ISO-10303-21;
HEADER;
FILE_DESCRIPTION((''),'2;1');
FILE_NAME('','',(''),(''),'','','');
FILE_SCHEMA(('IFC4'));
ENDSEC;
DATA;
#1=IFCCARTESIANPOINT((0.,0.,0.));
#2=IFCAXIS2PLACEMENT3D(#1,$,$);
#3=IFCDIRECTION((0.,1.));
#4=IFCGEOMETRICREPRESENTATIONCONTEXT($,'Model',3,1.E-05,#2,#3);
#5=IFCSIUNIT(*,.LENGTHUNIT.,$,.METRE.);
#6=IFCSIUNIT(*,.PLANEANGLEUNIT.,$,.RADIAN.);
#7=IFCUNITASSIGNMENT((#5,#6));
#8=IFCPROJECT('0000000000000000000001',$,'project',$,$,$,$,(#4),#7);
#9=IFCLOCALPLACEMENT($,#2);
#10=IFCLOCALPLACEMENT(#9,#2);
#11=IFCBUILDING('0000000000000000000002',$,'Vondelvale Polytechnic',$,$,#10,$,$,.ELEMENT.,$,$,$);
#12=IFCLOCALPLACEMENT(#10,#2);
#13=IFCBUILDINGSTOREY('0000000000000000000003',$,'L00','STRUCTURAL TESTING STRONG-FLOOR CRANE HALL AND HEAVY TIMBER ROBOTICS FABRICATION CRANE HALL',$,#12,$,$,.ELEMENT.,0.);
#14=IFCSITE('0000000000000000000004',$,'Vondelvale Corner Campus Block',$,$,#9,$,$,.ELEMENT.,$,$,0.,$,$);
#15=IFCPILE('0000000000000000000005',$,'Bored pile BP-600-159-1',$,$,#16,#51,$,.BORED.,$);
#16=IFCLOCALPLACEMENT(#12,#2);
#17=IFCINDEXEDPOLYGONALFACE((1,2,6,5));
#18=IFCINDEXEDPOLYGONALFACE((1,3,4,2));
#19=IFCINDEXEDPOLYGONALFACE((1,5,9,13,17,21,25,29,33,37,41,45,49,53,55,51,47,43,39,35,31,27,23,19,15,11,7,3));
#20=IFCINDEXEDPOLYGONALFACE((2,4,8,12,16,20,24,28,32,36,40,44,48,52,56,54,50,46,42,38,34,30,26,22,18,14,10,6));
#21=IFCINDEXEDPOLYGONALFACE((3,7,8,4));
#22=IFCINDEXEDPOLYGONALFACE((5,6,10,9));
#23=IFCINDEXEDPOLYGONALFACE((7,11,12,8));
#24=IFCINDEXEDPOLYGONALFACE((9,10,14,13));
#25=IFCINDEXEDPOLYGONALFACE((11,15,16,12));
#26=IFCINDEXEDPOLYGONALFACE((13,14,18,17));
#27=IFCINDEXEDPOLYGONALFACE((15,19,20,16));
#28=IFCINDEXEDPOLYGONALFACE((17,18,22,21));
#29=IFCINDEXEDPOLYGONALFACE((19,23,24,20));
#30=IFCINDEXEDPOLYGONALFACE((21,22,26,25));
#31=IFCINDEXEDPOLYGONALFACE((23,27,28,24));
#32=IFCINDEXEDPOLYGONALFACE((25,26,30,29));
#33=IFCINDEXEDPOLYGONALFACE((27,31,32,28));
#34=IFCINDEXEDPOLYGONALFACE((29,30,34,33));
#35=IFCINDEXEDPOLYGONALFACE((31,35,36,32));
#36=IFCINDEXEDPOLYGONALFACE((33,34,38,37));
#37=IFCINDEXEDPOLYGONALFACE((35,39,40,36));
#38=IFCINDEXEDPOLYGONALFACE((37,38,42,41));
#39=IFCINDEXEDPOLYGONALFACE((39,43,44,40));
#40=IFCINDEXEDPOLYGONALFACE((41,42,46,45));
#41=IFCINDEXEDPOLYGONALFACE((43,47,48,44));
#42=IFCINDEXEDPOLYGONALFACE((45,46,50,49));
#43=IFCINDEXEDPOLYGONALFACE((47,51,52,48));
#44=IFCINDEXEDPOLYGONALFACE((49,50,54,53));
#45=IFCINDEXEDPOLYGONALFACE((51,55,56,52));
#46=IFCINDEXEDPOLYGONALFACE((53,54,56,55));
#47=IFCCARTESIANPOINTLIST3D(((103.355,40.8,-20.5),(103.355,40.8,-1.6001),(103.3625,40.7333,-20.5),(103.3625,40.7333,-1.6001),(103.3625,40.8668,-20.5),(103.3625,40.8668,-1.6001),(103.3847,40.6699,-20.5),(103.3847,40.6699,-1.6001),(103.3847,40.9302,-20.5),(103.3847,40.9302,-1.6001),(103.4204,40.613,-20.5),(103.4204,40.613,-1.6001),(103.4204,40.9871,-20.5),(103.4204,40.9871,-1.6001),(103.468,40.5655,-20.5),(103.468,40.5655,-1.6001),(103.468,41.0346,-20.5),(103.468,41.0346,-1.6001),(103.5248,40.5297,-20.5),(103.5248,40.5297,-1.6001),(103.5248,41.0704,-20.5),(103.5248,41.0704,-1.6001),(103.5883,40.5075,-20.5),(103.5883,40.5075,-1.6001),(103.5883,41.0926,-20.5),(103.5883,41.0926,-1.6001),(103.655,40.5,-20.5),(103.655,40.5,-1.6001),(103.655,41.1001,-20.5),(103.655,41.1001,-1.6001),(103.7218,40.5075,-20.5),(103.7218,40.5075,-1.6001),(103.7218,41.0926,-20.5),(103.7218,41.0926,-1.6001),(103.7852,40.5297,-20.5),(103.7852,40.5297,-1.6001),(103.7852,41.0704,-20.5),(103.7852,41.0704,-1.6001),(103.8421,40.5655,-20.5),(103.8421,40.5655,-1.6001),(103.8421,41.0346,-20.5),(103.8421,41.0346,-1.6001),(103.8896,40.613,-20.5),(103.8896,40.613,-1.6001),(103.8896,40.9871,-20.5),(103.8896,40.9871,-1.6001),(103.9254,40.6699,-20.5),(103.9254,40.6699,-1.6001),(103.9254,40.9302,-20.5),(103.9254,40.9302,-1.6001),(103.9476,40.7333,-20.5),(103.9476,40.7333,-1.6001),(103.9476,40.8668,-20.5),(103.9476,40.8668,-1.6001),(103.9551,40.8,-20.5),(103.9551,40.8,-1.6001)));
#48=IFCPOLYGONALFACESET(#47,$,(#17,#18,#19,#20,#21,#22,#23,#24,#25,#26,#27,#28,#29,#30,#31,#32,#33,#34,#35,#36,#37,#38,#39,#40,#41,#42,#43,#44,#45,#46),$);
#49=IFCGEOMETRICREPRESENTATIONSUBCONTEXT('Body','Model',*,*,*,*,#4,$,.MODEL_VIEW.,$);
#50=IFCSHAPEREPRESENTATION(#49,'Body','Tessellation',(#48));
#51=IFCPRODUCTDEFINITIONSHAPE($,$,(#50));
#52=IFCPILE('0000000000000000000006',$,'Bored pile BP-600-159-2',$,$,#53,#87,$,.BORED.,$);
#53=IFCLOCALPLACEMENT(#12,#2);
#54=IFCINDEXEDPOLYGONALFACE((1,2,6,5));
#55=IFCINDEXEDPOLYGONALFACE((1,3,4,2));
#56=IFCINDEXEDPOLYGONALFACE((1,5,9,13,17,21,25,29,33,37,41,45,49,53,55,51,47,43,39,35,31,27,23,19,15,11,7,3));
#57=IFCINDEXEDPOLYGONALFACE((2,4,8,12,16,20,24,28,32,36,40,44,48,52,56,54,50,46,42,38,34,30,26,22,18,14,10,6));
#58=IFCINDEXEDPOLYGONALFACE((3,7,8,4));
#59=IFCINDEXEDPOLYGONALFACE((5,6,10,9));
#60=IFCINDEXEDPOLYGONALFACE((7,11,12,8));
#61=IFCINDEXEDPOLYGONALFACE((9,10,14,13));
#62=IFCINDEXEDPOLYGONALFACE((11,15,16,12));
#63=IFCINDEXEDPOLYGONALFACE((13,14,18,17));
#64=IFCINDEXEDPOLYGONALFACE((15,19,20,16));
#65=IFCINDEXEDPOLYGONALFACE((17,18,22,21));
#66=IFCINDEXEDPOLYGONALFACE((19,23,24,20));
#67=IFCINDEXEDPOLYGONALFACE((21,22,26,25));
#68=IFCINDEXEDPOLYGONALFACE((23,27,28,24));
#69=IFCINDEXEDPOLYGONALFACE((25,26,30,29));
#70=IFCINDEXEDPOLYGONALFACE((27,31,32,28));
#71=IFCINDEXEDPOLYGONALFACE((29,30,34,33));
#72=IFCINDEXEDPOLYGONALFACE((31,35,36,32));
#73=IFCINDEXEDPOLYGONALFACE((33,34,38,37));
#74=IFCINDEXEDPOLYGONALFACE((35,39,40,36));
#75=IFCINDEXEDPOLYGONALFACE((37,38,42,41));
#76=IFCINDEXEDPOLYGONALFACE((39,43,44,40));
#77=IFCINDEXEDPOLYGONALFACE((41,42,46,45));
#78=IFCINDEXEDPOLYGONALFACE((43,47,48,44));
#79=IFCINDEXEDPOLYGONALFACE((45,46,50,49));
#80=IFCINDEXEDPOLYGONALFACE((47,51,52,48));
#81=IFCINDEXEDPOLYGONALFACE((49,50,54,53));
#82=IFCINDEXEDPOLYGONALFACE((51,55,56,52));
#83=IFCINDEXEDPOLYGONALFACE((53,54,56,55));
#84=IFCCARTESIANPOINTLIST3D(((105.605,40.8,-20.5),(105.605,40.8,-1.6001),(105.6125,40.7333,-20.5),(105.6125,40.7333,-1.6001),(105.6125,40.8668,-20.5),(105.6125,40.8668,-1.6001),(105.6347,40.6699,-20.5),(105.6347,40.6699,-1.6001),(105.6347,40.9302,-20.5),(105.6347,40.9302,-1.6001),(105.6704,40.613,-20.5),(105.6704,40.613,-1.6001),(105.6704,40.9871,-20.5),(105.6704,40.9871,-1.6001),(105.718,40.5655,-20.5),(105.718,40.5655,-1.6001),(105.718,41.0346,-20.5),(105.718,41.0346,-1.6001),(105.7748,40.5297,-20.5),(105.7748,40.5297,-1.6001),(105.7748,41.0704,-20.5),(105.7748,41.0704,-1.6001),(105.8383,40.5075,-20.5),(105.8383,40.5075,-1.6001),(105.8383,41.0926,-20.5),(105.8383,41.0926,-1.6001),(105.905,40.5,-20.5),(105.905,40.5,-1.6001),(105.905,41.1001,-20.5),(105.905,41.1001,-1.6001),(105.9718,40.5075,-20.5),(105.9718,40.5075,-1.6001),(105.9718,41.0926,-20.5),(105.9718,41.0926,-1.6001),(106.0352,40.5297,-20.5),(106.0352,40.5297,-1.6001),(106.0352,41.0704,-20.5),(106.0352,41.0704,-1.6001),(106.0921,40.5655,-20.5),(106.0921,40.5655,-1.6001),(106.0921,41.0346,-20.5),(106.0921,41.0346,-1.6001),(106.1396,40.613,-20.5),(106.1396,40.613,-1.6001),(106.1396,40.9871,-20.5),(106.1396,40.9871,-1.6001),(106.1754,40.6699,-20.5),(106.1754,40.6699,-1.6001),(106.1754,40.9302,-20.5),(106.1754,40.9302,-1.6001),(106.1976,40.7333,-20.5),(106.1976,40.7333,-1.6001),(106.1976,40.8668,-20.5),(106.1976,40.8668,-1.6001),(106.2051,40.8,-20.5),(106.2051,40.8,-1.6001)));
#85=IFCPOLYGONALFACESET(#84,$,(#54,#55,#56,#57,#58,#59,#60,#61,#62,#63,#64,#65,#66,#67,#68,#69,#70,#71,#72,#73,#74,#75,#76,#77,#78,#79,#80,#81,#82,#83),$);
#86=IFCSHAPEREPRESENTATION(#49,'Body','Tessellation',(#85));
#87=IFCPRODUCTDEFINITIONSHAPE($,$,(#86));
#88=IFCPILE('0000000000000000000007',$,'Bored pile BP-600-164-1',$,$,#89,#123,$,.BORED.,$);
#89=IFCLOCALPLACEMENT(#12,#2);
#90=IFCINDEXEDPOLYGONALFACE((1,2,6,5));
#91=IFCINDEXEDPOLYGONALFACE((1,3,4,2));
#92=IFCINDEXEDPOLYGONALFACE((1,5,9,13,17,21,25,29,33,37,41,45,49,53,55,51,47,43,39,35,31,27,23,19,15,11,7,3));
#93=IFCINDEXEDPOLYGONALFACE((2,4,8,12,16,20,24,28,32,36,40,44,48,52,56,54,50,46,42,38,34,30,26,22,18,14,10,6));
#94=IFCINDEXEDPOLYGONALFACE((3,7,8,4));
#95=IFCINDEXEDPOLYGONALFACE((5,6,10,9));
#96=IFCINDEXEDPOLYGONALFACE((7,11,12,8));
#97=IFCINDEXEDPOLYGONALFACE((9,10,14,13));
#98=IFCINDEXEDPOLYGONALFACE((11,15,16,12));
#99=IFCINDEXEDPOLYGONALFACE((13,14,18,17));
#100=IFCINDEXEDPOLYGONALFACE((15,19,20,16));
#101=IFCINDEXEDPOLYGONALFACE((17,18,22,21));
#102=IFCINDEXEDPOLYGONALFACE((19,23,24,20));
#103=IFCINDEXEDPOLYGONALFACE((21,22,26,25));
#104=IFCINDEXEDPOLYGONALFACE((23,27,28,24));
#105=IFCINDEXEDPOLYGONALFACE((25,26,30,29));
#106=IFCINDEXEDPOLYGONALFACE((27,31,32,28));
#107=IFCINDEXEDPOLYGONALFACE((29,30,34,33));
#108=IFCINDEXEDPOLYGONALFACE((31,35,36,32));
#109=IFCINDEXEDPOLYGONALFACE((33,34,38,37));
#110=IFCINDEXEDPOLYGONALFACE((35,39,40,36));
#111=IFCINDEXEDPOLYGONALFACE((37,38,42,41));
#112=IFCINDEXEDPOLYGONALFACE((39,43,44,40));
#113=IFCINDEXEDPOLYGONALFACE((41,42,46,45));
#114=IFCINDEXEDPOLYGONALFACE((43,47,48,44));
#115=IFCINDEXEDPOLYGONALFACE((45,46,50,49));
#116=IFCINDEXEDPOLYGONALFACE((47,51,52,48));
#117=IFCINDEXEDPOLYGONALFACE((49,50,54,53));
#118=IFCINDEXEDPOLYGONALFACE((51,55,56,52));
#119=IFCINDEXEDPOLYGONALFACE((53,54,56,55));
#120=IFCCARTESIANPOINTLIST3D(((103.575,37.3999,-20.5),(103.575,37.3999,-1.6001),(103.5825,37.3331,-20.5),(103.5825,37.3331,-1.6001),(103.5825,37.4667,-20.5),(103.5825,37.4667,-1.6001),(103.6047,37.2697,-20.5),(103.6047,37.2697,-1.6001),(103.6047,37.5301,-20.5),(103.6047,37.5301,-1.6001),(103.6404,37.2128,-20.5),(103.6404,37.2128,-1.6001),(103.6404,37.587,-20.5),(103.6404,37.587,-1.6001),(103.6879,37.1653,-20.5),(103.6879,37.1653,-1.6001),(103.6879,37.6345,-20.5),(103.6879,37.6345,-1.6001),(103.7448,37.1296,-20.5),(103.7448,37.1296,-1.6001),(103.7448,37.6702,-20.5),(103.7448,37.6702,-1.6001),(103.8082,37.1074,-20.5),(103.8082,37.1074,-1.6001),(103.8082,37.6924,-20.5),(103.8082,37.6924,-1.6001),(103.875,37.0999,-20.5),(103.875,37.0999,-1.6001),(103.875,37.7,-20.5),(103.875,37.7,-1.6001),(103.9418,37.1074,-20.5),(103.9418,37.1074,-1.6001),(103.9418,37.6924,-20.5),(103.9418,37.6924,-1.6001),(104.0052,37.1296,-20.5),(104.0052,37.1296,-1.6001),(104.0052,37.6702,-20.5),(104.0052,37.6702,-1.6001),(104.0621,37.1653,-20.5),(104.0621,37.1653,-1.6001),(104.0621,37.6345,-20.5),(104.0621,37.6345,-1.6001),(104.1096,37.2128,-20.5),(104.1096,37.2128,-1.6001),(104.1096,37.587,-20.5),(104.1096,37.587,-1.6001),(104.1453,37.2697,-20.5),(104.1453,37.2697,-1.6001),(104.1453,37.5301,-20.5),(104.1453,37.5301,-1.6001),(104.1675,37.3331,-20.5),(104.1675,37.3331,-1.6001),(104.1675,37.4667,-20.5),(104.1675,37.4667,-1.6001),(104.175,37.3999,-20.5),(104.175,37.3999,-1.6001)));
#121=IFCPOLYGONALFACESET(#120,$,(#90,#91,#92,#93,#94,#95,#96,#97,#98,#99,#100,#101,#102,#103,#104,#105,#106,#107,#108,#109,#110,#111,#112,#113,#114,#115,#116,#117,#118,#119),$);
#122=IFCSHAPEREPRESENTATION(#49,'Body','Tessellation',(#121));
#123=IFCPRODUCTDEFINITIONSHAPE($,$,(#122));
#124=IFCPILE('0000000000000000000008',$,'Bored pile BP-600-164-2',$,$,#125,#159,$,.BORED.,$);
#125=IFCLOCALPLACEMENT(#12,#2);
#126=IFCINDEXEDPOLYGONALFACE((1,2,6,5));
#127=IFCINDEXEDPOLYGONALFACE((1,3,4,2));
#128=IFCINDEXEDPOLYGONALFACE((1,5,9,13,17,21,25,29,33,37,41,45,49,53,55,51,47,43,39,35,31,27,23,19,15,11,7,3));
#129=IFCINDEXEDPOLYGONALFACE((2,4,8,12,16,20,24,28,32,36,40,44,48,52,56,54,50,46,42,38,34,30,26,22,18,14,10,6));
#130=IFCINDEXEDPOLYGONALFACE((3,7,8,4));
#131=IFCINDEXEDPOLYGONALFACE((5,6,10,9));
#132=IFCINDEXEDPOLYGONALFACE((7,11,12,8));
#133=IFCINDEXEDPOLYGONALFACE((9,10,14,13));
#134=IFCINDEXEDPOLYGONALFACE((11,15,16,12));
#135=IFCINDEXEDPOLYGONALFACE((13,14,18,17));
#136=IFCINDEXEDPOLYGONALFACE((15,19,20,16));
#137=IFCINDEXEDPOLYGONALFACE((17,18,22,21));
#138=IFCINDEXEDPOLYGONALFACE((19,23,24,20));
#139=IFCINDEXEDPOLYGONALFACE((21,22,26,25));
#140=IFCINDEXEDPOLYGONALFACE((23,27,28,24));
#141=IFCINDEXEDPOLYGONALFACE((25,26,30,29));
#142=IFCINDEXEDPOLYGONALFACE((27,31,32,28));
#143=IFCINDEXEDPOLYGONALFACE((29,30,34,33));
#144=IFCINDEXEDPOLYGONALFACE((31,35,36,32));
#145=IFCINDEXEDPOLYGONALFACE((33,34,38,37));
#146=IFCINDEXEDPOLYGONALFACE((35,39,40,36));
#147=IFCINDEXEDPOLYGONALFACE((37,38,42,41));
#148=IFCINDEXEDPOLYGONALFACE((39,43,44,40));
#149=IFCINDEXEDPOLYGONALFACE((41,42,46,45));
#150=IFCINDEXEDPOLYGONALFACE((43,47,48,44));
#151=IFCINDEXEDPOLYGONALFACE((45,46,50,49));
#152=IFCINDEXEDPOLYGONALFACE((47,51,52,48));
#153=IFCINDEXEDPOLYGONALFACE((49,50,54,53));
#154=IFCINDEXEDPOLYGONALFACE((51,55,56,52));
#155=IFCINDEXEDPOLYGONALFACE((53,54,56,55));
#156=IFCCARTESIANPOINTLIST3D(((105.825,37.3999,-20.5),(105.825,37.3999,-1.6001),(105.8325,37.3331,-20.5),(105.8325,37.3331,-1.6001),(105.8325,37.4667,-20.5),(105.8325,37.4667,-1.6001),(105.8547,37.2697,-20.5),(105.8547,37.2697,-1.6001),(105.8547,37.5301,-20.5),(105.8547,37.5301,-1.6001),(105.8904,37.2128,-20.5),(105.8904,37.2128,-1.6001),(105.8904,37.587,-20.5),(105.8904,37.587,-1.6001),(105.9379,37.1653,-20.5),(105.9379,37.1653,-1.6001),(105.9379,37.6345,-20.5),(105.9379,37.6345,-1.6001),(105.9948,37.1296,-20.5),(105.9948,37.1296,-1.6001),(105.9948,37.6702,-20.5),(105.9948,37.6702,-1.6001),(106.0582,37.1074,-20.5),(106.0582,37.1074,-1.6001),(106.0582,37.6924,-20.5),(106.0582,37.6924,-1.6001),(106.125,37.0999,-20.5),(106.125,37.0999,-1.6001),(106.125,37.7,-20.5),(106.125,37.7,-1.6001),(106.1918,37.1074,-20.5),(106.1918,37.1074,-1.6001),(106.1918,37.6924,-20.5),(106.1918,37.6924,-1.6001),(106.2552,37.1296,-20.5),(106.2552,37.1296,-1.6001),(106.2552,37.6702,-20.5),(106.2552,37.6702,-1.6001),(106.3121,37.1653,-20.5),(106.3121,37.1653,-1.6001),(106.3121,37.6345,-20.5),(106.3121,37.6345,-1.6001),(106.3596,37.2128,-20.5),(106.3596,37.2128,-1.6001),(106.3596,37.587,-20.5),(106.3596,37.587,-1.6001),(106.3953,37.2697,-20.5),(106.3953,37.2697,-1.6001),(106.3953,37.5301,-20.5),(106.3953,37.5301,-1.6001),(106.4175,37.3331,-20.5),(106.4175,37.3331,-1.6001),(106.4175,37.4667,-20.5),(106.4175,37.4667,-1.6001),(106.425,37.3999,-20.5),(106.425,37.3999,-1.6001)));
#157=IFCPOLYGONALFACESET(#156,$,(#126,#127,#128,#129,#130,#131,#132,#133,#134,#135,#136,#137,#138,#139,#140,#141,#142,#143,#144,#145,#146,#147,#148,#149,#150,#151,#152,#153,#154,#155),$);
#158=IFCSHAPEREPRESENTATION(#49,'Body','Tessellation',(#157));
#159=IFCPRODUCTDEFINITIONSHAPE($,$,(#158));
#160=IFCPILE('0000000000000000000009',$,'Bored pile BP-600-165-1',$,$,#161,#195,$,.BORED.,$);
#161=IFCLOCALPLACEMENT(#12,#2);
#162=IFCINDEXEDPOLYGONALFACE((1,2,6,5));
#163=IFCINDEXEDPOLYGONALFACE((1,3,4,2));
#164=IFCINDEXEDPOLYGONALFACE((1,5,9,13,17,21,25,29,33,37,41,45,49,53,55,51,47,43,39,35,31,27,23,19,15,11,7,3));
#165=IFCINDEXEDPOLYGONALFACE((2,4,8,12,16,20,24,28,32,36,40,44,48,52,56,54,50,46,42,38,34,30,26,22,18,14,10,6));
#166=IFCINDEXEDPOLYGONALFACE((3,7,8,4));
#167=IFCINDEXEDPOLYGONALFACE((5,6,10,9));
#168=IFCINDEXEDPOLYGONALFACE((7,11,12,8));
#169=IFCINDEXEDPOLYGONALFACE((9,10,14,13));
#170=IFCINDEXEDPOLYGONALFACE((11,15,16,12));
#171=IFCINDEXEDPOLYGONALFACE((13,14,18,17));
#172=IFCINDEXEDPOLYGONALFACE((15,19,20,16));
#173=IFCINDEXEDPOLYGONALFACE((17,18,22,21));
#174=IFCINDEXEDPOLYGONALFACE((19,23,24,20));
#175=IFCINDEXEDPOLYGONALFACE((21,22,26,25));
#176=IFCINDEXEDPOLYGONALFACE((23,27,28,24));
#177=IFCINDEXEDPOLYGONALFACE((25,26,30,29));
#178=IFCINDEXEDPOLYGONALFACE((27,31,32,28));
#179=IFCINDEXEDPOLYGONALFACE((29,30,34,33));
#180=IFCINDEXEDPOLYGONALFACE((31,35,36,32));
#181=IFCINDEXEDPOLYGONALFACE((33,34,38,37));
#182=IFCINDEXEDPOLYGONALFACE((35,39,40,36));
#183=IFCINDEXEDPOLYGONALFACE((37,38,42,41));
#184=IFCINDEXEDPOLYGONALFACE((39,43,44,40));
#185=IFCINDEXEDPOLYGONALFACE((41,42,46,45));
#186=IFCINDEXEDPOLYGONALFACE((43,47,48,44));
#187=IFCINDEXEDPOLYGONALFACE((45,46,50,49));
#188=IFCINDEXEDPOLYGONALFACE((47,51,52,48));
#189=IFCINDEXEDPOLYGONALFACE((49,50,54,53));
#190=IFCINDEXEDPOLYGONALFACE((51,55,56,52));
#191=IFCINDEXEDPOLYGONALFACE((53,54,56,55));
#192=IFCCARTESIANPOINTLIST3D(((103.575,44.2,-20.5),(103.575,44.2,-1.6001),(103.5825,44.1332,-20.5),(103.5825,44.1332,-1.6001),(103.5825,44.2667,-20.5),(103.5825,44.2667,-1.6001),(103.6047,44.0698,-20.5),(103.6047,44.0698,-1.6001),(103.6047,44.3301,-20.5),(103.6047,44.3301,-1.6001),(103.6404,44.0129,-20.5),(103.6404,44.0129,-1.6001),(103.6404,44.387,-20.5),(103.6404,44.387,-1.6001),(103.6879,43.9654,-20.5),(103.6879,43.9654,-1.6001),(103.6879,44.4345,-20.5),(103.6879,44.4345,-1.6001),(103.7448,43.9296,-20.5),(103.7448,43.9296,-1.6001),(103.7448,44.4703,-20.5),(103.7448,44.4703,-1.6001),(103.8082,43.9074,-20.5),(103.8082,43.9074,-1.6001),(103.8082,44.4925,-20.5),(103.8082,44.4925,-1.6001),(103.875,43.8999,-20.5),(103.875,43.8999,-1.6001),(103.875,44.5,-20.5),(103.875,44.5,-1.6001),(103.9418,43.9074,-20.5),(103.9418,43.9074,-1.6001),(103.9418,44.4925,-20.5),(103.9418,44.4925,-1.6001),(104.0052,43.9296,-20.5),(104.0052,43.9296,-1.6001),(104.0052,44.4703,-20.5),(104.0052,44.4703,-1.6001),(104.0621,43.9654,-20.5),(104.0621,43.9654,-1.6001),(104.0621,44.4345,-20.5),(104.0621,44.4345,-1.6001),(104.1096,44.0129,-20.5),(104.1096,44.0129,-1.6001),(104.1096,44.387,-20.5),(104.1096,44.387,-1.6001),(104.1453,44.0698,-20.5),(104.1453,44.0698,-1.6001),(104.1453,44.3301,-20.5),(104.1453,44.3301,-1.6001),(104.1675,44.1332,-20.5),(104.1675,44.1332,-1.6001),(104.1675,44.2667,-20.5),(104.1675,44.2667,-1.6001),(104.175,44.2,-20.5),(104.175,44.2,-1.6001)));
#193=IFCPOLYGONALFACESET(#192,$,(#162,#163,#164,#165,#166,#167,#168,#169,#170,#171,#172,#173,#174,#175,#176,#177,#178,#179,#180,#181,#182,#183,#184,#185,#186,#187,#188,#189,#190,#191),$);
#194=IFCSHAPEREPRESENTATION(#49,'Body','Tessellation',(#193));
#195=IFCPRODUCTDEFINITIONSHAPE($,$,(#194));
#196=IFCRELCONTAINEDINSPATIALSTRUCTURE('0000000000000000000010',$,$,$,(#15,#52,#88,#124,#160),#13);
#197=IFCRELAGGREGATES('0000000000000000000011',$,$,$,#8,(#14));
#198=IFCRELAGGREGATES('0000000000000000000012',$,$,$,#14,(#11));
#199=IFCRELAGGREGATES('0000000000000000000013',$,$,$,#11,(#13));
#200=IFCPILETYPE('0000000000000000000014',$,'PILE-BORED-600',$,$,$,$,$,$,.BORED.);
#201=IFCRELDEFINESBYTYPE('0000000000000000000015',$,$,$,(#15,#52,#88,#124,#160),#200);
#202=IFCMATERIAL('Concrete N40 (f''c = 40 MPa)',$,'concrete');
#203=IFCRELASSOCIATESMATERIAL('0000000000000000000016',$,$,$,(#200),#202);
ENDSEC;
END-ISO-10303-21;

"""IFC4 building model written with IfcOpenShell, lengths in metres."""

from ifc_helpers import new_model, si_unit, direction, frame, origin, origin_2d, place, context, subcontext, project, spatial, circle, extrude, material, material_profile, profile_set, type_object, element, save


model = new_model("IFC4")

# Units and contexts
model_context = context("Model", 3, precision=1e-05, world=origin(), true_north=direction((0.0, 1.0)))
body_context = subcontext(model_context, "Body", "Model", "MODEL_VIEW")
ifc_project = project(units=[si_unit("LENGTHUNIT", "METRE"), si_unit("PLANEANGLEUNIT", "RADIAN")], contexts=[model_context])

# Site, building, storey
site_placement = place(None, origin())
site = spatial("IfcSite", under=ifc_project, at=site_placement, Name="Vondelvale Corner Campus Block", CompositionType="ELEMENT", RefElevation=0.0)
building_placement = place(site_placement, origin())
building = spatial("IfcBuilding", under=site, at=building_placement, Name="Vondelvale Polytechnic", CompositionType="ELEMENT")
storey_placement = place(building_placement, origin())
storey = spatial("IfcBuildingStorey", under=building, at=storey_placement, Name="L00", Description="STRUCTURAL TESTING STRONG-FLOOR CRANE HALL AND HEAVY TIMBER ROBOTICS FABRICATION CRANE HALL", CompositionType="ELEMENT", Elevation=0.0)

# Shared definitions
ifc_material_1 = material(Name="Concrete N40 (f'c = 40 MPa)", Category="concrete")

# Piles
ifc_material_profile_1 = material_profile(ifc_material_1, circle(Radius=0.3, at=origin_2d()), Name="PILE-D600")
ifc_profile_set_1 = profile_set([ifc_material_profile_1], Name="Concrete N40 (f'c = 40 MPa)")
pile_type = type_object("IfcPileType", Name="PILE-BORED-600", PredefinedType="BORED", material=ifc_profile_set_1)
for number, where, z_axis, x_axis, name in (
    (1, (103.655, 40.8, -1.6001), (0.0, 0.0, -1.0), (1.0, 0.0, 0.0), "Bored pile BP-600-159-1"),
    (2, (105.905, 40.8, -1.6001), (0.0, 0.0, -1.0), (1.0, 0.0, 0.0), "Bored pile BP-600-159-2"),
    (3, (103.875, 37.3999, -1.6001), (0.0, 0.0, -1.0), (1.0, 0.0, 0.0), "Bored pile BP-600-164-1"),
    (4, (106.125, 37.3999, -1.6001), (0.0, 0.0, -1.0), (1.0, 0.0, 0.0), "Bored pile BP-600-164-2"),
    (5, (103.875, 44.2, -1.6001), (0.0, 0.0, -1.0), (1.0, 0.0, 0.0), "Bored pile BP-600-165-1"),
):
    element("IfcPile", number, at=place(storey_placement, frame(where, z_axis=z_axis, x_axis=x_axis)), inside=storey, type_object=pile_type, Name=name, PredefinedType="BORED", context=body_context, shape_type="SweptSolid", body=[
        extrude(circle(Radius=0.3, at=origin_2d()), origin(), (0.0, 0.0, 1.0), 18.8999),
    ])

save(model, "model.ifc")
